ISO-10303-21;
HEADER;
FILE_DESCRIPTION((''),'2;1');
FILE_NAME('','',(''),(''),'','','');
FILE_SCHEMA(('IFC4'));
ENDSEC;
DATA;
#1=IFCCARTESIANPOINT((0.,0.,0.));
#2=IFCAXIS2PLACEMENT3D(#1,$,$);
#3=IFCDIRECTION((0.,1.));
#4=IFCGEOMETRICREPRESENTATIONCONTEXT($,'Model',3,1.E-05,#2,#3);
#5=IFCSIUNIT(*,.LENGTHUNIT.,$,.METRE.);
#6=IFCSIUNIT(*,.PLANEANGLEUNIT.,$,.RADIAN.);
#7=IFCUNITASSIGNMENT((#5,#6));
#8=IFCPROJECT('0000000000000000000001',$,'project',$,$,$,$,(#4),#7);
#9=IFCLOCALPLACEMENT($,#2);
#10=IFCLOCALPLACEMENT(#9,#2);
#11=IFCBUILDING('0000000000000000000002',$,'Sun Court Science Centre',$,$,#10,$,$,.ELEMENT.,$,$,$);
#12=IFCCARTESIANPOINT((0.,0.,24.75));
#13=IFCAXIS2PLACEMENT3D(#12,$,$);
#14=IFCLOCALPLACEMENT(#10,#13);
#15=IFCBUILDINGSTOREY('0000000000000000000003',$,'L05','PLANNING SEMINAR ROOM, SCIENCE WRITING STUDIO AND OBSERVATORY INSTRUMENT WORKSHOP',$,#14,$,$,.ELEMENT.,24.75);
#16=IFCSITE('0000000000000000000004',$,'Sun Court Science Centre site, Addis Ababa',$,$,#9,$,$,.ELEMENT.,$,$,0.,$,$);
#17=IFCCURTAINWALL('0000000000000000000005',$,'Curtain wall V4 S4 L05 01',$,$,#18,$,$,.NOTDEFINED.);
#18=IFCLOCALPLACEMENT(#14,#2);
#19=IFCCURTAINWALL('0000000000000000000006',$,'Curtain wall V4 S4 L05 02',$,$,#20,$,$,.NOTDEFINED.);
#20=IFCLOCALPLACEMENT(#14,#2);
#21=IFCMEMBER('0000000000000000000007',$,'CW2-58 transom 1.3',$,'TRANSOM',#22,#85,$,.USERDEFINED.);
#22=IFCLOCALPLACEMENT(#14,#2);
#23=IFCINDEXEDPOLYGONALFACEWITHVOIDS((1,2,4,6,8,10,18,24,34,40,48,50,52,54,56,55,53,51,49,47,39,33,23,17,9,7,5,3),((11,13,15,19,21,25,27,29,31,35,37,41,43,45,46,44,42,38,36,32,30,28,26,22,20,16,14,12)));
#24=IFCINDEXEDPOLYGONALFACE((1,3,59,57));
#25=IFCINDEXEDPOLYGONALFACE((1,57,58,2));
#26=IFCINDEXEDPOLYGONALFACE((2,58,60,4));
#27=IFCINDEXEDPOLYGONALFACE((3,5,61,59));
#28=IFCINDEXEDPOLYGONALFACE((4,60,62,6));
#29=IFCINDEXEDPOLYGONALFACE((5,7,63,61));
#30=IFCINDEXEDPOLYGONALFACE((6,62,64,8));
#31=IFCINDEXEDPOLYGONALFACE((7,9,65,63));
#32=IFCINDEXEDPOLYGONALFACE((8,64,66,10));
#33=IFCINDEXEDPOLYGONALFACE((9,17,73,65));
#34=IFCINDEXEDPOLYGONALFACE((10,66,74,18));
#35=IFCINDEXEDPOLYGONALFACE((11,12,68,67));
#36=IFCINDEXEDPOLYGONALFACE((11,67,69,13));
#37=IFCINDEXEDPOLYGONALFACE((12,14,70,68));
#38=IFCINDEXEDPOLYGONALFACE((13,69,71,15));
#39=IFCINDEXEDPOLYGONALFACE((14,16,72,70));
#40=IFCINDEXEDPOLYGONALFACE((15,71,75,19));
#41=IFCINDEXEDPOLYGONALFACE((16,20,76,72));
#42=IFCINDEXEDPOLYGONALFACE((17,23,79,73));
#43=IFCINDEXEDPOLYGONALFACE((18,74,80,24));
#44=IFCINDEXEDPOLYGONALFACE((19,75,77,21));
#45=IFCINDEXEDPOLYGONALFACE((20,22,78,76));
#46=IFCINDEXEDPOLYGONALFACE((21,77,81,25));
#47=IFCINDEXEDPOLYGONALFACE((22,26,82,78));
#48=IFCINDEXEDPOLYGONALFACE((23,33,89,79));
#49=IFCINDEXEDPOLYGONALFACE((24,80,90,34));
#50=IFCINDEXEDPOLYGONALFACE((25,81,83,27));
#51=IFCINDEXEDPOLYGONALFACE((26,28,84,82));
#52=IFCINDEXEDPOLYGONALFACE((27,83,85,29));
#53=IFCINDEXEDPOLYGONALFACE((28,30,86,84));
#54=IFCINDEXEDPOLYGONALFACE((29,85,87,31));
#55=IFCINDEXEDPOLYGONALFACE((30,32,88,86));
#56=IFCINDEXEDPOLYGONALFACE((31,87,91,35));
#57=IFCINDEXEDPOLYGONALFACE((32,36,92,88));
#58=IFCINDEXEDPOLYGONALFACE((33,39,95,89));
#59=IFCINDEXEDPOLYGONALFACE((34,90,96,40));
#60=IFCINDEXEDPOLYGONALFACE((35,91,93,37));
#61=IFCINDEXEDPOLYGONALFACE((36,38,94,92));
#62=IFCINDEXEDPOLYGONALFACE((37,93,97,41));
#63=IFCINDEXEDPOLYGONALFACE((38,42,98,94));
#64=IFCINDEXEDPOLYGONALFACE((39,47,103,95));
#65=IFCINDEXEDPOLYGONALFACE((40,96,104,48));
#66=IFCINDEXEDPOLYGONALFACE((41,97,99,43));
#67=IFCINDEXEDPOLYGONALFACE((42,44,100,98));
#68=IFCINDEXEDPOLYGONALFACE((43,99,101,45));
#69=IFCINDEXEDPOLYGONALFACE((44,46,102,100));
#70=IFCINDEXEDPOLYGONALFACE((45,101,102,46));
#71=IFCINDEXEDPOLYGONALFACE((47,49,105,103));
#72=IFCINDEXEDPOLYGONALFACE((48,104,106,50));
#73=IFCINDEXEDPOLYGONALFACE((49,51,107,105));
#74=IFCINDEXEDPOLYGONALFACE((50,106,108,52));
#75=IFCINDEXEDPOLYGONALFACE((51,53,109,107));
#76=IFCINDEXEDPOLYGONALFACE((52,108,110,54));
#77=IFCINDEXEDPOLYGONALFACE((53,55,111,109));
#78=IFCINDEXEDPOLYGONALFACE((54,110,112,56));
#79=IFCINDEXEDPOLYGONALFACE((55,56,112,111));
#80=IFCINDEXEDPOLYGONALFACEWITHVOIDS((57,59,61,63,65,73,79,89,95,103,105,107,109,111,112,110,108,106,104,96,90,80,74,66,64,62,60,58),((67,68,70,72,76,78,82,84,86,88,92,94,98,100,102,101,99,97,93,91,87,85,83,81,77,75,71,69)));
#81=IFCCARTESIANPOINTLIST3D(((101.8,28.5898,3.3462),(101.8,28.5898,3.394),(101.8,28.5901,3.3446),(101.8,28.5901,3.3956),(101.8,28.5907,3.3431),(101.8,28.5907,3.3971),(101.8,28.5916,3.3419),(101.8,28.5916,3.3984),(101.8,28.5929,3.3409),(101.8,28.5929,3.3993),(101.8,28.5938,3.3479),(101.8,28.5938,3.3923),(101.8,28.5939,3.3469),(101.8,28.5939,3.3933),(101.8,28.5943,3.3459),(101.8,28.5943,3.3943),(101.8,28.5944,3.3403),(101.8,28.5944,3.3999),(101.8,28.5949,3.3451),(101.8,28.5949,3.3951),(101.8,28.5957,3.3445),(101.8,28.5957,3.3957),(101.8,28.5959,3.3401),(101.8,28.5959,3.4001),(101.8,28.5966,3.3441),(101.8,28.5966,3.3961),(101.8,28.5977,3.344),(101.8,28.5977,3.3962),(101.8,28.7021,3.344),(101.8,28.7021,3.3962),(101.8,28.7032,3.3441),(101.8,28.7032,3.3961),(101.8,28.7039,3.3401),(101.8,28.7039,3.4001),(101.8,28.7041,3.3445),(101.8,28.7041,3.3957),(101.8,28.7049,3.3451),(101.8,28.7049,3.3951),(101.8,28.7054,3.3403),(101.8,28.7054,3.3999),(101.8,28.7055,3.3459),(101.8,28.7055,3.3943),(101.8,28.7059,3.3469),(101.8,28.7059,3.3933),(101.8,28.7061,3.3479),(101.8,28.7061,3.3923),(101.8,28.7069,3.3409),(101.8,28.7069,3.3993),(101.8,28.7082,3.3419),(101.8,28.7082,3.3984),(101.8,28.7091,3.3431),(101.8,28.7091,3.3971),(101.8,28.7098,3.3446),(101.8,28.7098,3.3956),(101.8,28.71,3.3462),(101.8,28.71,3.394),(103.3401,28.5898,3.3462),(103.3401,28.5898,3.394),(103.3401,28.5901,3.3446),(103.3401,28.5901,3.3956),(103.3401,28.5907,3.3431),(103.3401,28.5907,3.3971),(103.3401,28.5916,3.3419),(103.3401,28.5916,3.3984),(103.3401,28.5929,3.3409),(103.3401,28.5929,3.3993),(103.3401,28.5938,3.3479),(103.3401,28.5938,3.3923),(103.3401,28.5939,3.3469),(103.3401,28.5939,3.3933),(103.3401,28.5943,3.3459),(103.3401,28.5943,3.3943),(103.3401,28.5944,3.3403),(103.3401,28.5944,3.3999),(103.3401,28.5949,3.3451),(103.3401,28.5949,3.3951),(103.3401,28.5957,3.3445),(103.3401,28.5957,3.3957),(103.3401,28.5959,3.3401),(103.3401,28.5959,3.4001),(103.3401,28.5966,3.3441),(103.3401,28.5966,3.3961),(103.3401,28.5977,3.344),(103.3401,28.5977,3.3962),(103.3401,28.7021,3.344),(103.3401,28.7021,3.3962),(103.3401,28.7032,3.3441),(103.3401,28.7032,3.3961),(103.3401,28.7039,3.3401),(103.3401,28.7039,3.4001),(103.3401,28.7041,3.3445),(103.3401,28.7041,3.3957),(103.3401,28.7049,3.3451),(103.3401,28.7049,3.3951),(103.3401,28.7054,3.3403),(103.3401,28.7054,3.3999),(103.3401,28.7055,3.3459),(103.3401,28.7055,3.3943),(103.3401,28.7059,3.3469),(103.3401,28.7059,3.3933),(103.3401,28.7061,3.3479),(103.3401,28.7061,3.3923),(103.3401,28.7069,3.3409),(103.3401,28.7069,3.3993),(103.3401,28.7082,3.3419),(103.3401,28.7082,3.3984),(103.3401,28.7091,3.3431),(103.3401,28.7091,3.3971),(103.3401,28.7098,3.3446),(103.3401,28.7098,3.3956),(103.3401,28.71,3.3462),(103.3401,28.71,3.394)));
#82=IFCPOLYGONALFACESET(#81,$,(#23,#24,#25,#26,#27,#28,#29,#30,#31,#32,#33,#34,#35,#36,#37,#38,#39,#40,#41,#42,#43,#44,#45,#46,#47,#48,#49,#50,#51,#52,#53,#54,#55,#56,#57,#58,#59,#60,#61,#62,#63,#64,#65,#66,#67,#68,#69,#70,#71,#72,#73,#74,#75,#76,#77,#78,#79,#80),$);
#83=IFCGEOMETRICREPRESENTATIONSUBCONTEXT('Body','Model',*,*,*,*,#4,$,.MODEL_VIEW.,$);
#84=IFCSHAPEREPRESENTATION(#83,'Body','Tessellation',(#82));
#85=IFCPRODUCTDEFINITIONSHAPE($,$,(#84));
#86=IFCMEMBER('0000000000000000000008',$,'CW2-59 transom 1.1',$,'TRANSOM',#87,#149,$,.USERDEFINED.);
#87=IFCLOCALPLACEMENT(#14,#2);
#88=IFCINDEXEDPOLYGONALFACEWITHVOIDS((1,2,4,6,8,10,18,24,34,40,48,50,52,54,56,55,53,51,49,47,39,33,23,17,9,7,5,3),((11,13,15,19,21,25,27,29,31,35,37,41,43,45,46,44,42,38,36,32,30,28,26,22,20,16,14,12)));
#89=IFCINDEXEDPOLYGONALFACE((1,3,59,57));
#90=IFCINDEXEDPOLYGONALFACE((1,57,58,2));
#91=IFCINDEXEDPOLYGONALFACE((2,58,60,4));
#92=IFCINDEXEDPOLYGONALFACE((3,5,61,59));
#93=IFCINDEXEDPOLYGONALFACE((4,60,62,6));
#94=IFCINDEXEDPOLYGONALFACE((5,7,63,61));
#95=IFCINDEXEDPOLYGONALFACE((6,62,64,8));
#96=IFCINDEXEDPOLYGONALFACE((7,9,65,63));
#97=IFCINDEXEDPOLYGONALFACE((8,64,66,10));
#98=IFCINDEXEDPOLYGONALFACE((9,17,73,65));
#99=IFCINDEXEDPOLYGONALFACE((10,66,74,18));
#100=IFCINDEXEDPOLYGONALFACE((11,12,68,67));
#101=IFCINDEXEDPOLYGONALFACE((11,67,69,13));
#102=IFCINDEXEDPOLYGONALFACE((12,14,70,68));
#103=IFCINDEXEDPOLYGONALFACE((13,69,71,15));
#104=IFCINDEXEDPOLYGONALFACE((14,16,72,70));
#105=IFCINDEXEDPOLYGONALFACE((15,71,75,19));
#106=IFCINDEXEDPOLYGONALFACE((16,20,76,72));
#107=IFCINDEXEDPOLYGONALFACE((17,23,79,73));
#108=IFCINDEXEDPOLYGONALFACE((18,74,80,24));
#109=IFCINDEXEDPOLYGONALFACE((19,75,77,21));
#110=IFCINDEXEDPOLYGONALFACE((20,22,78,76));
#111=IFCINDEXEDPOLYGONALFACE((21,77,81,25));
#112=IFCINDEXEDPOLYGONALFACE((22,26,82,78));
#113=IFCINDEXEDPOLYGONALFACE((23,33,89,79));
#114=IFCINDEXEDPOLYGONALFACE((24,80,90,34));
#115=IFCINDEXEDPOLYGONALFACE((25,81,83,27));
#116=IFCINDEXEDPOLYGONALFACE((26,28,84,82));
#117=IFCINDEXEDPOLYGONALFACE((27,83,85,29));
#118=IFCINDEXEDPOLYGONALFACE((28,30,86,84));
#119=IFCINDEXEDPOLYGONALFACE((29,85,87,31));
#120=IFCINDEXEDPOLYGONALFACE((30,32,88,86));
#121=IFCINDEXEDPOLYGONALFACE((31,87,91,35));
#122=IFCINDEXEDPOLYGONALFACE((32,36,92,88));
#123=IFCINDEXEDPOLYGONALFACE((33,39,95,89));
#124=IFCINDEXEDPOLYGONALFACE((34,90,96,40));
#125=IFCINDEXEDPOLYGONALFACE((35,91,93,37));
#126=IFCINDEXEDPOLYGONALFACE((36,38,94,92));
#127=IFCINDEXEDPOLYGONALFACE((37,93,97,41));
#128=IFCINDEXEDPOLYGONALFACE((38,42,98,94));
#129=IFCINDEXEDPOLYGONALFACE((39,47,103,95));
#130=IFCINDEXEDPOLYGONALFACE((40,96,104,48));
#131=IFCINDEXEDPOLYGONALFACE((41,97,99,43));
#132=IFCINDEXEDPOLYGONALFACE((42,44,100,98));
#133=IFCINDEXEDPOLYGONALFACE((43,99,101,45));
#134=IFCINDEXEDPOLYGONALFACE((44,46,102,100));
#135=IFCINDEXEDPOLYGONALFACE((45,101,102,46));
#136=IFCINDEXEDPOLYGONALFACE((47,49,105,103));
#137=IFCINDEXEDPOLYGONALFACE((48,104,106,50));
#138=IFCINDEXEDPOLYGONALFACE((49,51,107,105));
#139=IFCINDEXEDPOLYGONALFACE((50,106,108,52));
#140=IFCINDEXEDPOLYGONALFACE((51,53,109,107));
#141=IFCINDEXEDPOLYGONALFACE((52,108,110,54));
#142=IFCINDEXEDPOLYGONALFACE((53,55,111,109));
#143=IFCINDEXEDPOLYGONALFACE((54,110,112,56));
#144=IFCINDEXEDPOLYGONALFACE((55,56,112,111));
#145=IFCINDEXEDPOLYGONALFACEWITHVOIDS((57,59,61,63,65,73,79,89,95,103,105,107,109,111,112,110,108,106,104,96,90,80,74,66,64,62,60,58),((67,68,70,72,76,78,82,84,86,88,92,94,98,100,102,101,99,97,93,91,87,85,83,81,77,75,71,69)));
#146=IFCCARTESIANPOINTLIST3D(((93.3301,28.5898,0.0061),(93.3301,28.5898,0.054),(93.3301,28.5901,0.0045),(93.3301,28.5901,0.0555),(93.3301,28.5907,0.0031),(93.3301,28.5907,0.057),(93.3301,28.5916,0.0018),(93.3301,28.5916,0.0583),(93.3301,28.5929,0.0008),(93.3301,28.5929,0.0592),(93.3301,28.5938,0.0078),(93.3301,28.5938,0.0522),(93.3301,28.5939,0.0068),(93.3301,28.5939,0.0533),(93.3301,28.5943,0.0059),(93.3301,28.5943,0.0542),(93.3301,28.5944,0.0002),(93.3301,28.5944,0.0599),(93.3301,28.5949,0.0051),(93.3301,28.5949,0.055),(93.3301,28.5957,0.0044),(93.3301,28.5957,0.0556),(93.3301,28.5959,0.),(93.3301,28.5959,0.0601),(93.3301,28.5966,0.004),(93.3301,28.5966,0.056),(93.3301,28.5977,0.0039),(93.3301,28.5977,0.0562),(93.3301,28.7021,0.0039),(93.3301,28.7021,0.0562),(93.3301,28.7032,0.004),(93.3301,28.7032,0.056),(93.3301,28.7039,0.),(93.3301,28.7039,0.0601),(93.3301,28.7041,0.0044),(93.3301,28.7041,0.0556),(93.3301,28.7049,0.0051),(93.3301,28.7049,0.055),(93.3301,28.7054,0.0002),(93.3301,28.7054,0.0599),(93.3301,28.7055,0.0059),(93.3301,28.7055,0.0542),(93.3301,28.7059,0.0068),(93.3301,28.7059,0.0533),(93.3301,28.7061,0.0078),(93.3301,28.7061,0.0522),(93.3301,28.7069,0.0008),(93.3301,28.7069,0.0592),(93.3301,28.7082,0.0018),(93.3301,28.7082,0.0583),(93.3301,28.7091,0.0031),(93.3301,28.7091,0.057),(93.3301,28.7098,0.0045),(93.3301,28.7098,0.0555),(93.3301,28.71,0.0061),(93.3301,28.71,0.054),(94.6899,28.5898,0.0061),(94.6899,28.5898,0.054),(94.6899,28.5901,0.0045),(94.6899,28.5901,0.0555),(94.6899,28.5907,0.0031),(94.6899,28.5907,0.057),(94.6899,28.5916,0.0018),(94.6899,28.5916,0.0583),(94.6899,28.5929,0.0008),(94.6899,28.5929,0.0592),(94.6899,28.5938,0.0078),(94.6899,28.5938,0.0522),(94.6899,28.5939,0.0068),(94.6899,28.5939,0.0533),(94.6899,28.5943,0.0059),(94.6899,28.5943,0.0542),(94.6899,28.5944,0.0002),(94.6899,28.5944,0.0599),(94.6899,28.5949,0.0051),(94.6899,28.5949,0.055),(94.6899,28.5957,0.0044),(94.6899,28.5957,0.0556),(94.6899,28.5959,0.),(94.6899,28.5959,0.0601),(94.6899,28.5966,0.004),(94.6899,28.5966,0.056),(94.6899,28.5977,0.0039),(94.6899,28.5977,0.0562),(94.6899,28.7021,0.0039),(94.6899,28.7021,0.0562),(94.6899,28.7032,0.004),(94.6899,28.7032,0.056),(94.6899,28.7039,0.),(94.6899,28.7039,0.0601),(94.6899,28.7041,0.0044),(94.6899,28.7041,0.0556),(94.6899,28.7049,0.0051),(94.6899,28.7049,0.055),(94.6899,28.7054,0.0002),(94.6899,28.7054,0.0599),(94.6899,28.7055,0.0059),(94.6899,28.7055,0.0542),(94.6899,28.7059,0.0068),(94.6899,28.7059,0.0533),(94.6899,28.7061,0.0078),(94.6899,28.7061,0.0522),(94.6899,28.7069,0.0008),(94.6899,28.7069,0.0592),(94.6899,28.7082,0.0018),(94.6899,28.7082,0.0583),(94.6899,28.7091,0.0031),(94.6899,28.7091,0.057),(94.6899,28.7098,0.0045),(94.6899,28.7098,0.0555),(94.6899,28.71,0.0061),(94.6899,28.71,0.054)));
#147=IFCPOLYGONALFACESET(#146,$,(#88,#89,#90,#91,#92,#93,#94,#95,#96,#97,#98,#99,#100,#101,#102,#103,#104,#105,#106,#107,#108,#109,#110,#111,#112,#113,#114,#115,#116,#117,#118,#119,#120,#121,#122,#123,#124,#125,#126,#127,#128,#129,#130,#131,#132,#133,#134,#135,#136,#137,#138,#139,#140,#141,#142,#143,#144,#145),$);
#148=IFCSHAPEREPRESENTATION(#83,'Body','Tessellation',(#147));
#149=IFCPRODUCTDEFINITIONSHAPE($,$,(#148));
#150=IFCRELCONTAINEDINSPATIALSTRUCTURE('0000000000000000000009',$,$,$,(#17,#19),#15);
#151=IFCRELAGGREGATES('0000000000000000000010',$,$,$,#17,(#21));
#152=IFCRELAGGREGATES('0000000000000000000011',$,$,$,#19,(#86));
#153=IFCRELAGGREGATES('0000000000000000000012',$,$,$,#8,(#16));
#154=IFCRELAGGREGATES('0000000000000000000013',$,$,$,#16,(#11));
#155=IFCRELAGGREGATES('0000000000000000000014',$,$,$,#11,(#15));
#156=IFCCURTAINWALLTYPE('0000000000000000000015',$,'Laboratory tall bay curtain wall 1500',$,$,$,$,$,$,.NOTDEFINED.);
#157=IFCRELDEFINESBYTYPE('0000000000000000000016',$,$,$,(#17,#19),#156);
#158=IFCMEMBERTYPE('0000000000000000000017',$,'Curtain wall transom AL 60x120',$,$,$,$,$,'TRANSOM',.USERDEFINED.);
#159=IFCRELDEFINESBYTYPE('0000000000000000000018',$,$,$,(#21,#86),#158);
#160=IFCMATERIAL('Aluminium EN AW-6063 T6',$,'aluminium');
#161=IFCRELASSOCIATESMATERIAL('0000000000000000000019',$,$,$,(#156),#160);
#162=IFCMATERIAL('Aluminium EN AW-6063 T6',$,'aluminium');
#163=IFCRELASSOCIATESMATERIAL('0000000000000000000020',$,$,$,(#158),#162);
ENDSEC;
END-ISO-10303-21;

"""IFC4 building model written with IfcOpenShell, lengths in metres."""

from ifc_helpers import new_model, si_unit, direction, frame, origin, origin_2d, place, context, subcontext, project, spatial, hollow_rectangle, extrude, material, material_profile, profile_set, type_object, element, aggregate, save


model = new_model("IFC4")

# Units and contexts
model_context = context("Model", 3, precision=1e-05, world=origin(), true_north=direction((0.0, 1.0)))
body_context = subcontext(model_context, "Body", "Model", "MODEL_VIEW")
ifc_project = project(units=[si_unit("LENGTHUNIT", "METRE"), si_unit("PLANEANGLEUNIT", "RADIAN")], contexts=[model_context])

# Site, building, storey
site_placement = place(None, origin())
site = spatial("IfcSite", under=ifc_project, at=site_placement, Name="Sun Court Science Centre site, Addis Ababa", CompositionType="ELEMENT", RefElevation=0.0)
building_placement = place(site_placement, origin())
building = spatial("IfcBuilding", under=site, at=building_placement, Name="Sun Court Science Centre", CompositionType="ELEMENT")
storey_placement = place(building_placement, frame((0.0, 0.0, 24.75)))
storey = spatial("IfcBuildingStorey", under=building, at=storey_placement, Name="L05", Description="PLANNING SEMINAR ROOM, SCIENCE WRITING STUDIO AND OBSERVATORY INSTRUMENT WORKSHOP", CompositionType="ELEMENT", Elevation=24.75)

# Curtain walls
ifc_material_1 = material(Name="Aluminium EN AW-6063 T6", Category="aluminium")
curtain_wall_type = type_object("IfcCurtainWallType", Name="Laboratory tall bay curtain wall 1500", PredefinedType="NOTDEFINED", material=ifc_material_1)
curtain_wall_1_placement = place(storey_placement, origin())
curtain_wall_1 = element("IfcCurtainWall", 1, at=curtain_wall_1_placement, inside=storey, type_object=curtain_wall_type, Name="Curtain wall V4 S4 L05 01", PredefinedType="NOTDEFINED")
curtain_wall_2_placement = place(storey_placement, origin())
curtain_wall_2 = element("IfcCurtainWall", 2, at=curtain_wall_2_placement, inside=storey, type_object=curtain_wall_type, Name="Curtain wall V4 S4 L05 02", PredefinedType="NOTDEFINED")

# Members
ifc_material_2 = material(Name="Aluminium EN AW-6063 T6", Category="aluminium")
ifc_material_profile_1 = material_profile(ifc_material_2, hollow_rectangle(XDim=0.0601, YDim=0.1201, WallThickness=0.0039, InnerFilletRadius=0.0039, OuterFilletRadius=0.0061, at=origin_2d()), Name="AL 60x120x4")
ifc_profile_set_1 = profile_set([ifc_material_profile_1], Name="Aluminium EN AW-6063 T6")
member_type_1 = type_object("IfcMemberType", Name="Curtain wall transom AL 60x120", ElementType="TRANSOM", PredefinedType="USERDEFINED", material=ifc_profile_set_1)
member_1_placement = place(storey_placement, frame((103.3401, 28.6499, 3.3701), z_axis=(-1.0, 0.0, 0.0), x_axis=(0.0, 0.0, 1.0)))
member_1 = element("IfcMember", 3, at=member_1_placement, type_object=member_type_1, Name="CW2-58 transom 1.3", ObjectType="TRANSOM", PredefinedType="USERDEFINED", context=body_context, shape_type="SweptSolid", body=[
    extrude(hollow_rectangle(XDim=0.0601, YDim=0.1201, WallThickness=0.0039, InnerFilletRadius=0.0039, OuterFilletRadius=0.0061, at=origin_2d()), origin(), (0.0, 0.0, 1.0), 1.54),
])
member_2_placement = place(storey_placement, frame((94.6899, 28.6499, 0.03), z_axis=(-1.0, 0.0, 0.0), x_axis=(0.0, 0.0, 1.0)))
member_2 = element("IfcMember", 4, at=member_2_placement, type_object=member_type_1, Name="CW2-59 transom 1.1", ObjectType="TRANSOM", PredefinedType="USERDEFINED", context=body_context, shape_type="SweptSolid", body=[
    extrude(hollow_rectangle(XDim=0.0601, YDim=0.1201, WallThickness=0.0039, InnerFilletRadius=0.0039, OuterFilletRadius=0.0061, at=origin_2d()), origin(), (0.0, 0.0, 1.0), 1.3599),
])

aggregate(curtain_wall_1, [member_1])
aggregate(curtain_wall_2, [member_2])

save(model, "model.ifc")
